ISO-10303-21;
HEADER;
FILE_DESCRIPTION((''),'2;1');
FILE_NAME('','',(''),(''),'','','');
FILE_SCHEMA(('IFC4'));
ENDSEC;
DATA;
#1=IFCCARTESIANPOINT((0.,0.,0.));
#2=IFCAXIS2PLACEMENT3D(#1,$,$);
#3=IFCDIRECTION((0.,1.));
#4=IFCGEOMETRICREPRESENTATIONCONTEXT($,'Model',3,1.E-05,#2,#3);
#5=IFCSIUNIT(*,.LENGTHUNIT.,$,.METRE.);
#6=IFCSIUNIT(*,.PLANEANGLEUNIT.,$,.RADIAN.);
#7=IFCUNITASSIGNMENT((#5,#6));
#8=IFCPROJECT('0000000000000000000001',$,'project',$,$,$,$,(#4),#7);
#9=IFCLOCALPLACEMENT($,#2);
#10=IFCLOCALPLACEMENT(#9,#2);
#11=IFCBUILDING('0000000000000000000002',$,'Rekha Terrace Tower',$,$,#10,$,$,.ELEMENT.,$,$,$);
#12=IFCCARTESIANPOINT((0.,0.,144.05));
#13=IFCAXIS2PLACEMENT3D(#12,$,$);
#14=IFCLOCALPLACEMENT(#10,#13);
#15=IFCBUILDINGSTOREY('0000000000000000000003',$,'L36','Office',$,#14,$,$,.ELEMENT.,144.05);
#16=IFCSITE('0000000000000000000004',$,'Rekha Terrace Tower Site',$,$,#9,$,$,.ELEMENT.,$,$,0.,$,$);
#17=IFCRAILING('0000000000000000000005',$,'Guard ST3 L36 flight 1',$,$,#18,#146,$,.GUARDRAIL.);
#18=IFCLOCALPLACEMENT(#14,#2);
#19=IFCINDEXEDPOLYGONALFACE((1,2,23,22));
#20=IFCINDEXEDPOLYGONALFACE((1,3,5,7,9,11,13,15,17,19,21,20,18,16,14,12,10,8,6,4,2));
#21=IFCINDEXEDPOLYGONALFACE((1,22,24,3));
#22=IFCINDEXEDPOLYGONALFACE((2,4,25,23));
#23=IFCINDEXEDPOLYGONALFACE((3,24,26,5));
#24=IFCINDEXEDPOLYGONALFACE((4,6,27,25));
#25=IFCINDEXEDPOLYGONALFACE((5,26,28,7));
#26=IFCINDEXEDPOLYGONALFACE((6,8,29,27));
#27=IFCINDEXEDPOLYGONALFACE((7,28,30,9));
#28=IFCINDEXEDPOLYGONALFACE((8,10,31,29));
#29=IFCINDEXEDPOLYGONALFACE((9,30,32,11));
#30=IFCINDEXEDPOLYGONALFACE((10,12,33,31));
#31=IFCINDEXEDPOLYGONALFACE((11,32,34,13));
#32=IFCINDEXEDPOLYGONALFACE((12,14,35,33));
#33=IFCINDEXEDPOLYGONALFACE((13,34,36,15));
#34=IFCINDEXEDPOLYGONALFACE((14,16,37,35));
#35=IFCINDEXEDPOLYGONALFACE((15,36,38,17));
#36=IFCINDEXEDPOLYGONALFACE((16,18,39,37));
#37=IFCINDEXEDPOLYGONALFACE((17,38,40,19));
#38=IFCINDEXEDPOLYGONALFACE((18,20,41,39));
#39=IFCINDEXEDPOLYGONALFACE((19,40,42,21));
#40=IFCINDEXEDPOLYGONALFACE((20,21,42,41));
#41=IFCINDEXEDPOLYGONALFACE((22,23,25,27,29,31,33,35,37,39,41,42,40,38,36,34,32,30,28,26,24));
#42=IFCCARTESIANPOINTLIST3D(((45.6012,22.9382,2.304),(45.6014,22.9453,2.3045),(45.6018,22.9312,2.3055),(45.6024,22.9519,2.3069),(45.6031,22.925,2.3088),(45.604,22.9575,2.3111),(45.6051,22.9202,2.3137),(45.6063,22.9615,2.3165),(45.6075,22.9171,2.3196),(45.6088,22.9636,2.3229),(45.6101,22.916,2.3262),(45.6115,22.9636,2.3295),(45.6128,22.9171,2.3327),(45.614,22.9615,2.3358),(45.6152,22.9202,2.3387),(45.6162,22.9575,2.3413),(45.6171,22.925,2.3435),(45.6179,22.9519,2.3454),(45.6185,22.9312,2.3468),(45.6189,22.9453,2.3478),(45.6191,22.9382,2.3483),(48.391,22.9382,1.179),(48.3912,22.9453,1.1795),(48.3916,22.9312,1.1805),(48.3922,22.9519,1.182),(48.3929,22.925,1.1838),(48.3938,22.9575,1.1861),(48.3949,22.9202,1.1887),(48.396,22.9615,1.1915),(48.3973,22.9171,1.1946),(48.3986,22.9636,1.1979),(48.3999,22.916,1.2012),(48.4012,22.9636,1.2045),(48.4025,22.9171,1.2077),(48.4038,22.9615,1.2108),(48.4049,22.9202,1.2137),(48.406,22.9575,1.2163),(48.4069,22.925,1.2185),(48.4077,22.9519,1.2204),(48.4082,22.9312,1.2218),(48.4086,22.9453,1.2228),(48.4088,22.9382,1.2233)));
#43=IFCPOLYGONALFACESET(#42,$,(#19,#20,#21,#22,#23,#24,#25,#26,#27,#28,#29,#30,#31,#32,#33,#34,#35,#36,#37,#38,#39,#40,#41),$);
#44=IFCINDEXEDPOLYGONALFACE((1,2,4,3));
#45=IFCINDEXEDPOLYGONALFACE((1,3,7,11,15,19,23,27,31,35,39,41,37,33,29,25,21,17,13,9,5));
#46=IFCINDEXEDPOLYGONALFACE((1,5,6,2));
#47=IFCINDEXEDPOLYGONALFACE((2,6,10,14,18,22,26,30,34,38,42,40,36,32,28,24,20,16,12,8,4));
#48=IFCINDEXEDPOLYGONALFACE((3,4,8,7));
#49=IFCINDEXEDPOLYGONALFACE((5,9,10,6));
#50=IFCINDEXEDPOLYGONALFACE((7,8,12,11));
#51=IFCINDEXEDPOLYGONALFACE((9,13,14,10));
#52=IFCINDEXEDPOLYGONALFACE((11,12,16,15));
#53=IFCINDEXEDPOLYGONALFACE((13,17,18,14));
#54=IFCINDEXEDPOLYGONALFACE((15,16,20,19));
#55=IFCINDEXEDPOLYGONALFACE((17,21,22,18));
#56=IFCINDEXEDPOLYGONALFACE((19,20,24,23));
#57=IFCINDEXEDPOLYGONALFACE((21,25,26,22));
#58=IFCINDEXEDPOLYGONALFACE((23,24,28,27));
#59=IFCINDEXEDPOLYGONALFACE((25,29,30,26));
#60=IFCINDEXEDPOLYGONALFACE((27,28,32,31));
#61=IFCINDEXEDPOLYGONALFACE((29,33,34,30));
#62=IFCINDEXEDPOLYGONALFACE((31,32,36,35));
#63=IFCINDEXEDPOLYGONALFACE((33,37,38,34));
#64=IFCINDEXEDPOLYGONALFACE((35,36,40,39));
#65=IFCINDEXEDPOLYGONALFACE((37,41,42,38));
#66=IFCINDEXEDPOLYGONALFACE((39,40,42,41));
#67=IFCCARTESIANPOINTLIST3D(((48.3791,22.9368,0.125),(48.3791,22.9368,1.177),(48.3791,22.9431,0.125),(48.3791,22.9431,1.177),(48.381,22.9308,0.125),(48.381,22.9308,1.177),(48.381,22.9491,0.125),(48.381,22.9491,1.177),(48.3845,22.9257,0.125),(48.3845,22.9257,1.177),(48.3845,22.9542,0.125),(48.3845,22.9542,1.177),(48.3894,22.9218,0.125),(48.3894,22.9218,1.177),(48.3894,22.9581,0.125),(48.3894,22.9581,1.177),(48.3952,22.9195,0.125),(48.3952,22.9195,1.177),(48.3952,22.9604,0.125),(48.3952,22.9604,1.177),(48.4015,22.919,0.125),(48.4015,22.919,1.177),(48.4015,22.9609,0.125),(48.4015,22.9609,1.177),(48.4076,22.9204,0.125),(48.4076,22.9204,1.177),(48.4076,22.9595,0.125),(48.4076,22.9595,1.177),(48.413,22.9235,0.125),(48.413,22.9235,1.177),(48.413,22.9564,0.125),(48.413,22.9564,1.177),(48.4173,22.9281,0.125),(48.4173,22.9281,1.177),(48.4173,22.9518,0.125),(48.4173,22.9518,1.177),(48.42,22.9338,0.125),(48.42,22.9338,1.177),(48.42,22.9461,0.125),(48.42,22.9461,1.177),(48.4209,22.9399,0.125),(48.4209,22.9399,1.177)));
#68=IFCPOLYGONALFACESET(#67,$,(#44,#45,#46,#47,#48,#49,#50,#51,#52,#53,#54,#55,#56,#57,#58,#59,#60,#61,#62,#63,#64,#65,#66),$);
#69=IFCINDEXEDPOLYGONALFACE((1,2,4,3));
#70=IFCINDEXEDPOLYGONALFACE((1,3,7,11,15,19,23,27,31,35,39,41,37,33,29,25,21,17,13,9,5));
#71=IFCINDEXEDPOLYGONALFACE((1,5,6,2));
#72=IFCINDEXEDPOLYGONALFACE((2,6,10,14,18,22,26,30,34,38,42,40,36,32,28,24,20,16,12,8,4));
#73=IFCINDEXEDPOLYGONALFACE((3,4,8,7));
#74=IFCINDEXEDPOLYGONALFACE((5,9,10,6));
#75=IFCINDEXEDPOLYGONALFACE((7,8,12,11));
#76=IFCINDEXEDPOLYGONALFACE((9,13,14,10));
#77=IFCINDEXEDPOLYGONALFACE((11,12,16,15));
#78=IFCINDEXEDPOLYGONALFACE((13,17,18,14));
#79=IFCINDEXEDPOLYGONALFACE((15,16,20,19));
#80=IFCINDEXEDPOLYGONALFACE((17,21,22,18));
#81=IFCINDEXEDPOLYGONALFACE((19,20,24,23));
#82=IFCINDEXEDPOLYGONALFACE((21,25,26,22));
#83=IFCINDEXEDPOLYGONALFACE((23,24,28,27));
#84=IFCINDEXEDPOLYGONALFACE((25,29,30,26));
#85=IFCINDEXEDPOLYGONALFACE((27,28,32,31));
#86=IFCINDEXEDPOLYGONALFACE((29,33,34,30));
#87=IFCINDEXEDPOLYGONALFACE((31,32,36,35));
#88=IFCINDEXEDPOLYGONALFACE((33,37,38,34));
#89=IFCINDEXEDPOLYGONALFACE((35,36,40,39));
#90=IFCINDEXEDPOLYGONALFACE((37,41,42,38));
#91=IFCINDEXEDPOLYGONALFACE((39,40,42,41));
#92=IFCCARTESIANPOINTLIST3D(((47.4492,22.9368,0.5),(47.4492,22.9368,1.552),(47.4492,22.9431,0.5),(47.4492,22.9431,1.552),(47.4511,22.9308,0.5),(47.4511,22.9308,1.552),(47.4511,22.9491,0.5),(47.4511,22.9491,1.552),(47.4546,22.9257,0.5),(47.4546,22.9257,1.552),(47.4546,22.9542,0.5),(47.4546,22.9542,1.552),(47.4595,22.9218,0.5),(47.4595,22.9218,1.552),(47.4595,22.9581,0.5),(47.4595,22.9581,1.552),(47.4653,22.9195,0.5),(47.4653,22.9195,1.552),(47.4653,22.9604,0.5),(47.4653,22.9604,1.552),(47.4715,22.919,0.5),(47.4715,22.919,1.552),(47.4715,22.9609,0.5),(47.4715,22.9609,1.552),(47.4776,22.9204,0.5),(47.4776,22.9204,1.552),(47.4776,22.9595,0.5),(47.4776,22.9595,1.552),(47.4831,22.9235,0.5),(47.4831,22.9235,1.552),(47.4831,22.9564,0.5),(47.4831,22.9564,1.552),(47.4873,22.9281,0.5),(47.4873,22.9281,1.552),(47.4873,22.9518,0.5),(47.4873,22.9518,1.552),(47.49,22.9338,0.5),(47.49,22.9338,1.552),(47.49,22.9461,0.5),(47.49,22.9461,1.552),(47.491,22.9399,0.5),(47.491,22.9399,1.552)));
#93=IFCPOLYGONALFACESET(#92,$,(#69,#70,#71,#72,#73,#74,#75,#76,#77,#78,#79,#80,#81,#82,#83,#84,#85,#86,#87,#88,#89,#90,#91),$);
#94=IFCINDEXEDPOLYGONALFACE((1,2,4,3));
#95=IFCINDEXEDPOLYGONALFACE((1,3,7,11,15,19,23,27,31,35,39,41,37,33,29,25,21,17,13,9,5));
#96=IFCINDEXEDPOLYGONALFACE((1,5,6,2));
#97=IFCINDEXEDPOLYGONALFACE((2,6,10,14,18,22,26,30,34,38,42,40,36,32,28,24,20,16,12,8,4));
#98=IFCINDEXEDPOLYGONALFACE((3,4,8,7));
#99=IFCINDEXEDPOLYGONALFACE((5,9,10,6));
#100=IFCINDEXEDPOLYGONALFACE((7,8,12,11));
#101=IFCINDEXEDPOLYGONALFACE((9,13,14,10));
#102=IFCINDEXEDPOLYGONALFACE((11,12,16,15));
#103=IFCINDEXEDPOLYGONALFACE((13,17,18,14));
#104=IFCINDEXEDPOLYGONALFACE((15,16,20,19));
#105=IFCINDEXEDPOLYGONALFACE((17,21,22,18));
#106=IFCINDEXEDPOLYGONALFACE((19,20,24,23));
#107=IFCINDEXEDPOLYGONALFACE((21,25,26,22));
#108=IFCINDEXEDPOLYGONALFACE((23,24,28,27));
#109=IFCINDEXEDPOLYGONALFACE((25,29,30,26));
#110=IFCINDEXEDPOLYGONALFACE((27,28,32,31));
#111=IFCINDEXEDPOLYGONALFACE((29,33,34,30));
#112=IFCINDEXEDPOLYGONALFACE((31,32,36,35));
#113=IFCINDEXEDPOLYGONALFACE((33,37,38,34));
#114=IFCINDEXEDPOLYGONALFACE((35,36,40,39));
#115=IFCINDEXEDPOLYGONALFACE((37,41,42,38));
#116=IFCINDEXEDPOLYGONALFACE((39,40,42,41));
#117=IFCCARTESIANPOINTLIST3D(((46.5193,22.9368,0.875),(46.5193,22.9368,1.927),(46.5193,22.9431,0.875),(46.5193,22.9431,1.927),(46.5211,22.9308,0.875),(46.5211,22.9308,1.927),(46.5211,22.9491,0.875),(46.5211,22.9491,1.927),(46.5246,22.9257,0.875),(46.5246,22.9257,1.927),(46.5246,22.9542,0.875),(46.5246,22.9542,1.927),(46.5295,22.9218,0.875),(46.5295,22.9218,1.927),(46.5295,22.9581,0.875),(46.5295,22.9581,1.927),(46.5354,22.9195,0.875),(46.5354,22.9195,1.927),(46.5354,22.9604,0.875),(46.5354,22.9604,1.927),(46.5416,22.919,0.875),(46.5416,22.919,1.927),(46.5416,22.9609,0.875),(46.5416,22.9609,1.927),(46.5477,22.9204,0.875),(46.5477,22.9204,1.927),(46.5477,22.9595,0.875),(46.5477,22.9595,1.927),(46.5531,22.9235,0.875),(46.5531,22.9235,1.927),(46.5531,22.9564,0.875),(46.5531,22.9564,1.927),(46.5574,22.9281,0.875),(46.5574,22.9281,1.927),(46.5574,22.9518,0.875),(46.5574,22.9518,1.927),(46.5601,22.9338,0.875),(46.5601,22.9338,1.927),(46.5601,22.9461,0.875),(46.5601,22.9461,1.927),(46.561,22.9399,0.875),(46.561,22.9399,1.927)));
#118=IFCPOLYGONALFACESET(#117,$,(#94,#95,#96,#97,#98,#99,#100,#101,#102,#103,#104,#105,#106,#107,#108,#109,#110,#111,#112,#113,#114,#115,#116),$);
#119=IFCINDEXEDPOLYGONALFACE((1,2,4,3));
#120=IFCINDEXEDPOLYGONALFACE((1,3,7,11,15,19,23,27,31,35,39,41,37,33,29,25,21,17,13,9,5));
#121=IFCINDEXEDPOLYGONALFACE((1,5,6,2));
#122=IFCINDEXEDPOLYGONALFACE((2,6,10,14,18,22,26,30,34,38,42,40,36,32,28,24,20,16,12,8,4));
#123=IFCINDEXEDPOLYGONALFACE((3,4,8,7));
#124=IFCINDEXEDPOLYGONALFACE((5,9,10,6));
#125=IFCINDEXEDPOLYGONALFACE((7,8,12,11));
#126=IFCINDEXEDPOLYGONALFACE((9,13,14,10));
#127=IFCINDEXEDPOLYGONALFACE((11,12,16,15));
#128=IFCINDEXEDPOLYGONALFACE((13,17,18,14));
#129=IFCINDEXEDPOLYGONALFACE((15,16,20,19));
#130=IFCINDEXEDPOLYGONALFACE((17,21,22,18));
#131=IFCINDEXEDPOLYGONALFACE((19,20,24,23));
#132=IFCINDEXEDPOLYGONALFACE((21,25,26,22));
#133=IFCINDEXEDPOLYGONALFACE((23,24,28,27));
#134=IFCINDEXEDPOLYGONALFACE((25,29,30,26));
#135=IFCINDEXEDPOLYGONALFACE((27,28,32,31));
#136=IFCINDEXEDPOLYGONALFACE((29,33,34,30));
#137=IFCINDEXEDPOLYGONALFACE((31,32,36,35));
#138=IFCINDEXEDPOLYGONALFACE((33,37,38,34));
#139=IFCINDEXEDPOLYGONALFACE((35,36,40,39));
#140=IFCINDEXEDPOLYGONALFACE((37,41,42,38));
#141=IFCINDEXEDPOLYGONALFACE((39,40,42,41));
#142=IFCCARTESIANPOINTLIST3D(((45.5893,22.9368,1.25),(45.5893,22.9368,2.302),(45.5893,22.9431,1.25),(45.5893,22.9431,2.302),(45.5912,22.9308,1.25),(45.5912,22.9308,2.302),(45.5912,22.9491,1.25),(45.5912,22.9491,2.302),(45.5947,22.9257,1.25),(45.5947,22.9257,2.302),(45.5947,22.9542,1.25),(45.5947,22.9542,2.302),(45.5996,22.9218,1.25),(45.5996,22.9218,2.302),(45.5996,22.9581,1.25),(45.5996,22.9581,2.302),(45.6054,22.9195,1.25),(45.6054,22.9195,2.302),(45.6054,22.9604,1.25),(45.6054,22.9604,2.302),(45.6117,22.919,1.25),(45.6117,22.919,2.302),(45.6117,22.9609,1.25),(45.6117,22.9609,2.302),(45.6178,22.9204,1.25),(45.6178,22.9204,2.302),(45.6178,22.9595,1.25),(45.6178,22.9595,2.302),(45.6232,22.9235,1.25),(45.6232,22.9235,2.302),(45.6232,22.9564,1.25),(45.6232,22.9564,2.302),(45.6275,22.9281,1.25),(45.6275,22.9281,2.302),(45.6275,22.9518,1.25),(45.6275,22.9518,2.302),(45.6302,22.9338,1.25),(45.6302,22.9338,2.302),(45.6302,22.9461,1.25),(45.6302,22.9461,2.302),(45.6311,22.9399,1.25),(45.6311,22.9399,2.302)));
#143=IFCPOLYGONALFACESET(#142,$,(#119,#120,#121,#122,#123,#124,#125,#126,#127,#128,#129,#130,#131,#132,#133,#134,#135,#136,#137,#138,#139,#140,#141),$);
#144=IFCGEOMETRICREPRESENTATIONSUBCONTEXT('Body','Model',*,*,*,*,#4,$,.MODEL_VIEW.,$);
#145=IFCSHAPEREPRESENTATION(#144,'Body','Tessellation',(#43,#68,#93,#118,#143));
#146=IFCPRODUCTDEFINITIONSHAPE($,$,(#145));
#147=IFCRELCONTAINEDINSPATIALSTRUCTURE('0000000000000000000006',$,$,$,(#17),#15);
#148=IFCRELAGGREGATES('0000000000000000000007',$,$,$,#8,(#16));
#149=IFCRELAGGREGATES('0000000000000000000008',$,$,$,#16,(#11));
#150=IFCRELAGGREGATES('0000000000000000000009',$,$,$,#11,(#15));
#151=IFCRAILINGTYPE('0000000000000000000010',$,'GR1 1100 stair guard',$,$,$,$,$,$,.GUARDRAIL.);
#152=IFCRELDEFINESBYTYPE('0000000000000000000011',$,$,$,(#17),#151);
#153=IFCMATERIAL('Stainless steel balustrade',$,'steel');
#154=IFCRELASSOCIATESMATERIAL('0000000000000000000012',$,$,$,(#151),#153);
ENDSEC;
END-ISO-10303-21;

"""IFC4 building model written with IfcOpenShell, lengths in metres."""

from ifc_helpers import new_model, si_unit, direction, frame, origin, origin_2d, place, context, subcontext, project, spatial, circle, extrude, material, type_object, element, save


model = new_model("IFC4")

# Units and contexts
model_context = context("Model", 3, precision=1e-05, world=origin(), true_north=direction((0.0, 1.0)))
body_context = subcontext(model_context, "Body", "Model", "MODEL_VIEW")
ifc_project = project(units=[si_unit("LENGTHUNIT", "METRE"), si_unit("PLANEANGLEUNIT", "RADIAN")], contexts=[model_context])

# Site, building, storey
site_placement = place(None, origin())
site = spatial("IfcSite", under=ifc_project, at=site_placement, Name="Rekha Terrace Tower Site", CompositionType="ELEMENT", RefElevation=0.0)
building_placement = place(site_placement, origin())
building = spatial("IfcBuilding", under=site, at=building_placement, Name="Rekha Terrace Tower", CompositionType="ELEMENT")
storey_placement = place(building_placement, frame((0.0, 0.0, 144.05)))
storey = spatial("IfcBuildingStorey", under=building, at=storey_placement, Name="L36", Description="Office", CompositionType="ELEMENT", Elevation=144.05)

# Railing
ifc_material_1 = material(Name="Stainless steel balustrade", Category="steel")
railing_type_1 = type_object("IfcRailingType", Name="GR1 1100 stair guard", PredefinedType="GUARDRAIL", material=ifc_material_1)
railing_1_placement = place(storey_placement, frame((48.3999, 22.9399, 0.125)))
element("IfcRailing", 1, at=railing_1_placement, inside=storey, type_object=railing_type_1, Name="Guard ST3 L36 flight 1", PredefinedType="GUARDRAIL", context=body_context, shape_type="SweptSolid", body=[
    extrude(circle(Radius=0.0239, at=origin_2d()), frame((0.0, 0.0, 1.0762), z_axis=(-0.927432, 0.0, 0.373992), x_axis=(0.0, -1.0, 0.0)), (0.0, 0.0, 1.0), 3.0081),
    extrude(circle(Radius=0.021, at=origin_2d()), origin(), (0.0, 0.0, 1.0), 1.052),
    extrude(circle(Radius=0.021, at=origin_2d()), frame((-0.9299, 0.0, 0.375)), (0.0, 0.0, 1.0), 1.052),
    extrude(circle(Radius=0.021, at=origin_2d()), frame((-1.8599, 0.0, 0.75)), (0.0, 0.0, 1.0), 1.052),
    extrude(circle(Radius=0.021, at=origin_2d()), frame((-2.7898, 0.0, 1.125)), (0.0, 0.0, 1.0), 1.052),
])

save(model, "model.ifc")
